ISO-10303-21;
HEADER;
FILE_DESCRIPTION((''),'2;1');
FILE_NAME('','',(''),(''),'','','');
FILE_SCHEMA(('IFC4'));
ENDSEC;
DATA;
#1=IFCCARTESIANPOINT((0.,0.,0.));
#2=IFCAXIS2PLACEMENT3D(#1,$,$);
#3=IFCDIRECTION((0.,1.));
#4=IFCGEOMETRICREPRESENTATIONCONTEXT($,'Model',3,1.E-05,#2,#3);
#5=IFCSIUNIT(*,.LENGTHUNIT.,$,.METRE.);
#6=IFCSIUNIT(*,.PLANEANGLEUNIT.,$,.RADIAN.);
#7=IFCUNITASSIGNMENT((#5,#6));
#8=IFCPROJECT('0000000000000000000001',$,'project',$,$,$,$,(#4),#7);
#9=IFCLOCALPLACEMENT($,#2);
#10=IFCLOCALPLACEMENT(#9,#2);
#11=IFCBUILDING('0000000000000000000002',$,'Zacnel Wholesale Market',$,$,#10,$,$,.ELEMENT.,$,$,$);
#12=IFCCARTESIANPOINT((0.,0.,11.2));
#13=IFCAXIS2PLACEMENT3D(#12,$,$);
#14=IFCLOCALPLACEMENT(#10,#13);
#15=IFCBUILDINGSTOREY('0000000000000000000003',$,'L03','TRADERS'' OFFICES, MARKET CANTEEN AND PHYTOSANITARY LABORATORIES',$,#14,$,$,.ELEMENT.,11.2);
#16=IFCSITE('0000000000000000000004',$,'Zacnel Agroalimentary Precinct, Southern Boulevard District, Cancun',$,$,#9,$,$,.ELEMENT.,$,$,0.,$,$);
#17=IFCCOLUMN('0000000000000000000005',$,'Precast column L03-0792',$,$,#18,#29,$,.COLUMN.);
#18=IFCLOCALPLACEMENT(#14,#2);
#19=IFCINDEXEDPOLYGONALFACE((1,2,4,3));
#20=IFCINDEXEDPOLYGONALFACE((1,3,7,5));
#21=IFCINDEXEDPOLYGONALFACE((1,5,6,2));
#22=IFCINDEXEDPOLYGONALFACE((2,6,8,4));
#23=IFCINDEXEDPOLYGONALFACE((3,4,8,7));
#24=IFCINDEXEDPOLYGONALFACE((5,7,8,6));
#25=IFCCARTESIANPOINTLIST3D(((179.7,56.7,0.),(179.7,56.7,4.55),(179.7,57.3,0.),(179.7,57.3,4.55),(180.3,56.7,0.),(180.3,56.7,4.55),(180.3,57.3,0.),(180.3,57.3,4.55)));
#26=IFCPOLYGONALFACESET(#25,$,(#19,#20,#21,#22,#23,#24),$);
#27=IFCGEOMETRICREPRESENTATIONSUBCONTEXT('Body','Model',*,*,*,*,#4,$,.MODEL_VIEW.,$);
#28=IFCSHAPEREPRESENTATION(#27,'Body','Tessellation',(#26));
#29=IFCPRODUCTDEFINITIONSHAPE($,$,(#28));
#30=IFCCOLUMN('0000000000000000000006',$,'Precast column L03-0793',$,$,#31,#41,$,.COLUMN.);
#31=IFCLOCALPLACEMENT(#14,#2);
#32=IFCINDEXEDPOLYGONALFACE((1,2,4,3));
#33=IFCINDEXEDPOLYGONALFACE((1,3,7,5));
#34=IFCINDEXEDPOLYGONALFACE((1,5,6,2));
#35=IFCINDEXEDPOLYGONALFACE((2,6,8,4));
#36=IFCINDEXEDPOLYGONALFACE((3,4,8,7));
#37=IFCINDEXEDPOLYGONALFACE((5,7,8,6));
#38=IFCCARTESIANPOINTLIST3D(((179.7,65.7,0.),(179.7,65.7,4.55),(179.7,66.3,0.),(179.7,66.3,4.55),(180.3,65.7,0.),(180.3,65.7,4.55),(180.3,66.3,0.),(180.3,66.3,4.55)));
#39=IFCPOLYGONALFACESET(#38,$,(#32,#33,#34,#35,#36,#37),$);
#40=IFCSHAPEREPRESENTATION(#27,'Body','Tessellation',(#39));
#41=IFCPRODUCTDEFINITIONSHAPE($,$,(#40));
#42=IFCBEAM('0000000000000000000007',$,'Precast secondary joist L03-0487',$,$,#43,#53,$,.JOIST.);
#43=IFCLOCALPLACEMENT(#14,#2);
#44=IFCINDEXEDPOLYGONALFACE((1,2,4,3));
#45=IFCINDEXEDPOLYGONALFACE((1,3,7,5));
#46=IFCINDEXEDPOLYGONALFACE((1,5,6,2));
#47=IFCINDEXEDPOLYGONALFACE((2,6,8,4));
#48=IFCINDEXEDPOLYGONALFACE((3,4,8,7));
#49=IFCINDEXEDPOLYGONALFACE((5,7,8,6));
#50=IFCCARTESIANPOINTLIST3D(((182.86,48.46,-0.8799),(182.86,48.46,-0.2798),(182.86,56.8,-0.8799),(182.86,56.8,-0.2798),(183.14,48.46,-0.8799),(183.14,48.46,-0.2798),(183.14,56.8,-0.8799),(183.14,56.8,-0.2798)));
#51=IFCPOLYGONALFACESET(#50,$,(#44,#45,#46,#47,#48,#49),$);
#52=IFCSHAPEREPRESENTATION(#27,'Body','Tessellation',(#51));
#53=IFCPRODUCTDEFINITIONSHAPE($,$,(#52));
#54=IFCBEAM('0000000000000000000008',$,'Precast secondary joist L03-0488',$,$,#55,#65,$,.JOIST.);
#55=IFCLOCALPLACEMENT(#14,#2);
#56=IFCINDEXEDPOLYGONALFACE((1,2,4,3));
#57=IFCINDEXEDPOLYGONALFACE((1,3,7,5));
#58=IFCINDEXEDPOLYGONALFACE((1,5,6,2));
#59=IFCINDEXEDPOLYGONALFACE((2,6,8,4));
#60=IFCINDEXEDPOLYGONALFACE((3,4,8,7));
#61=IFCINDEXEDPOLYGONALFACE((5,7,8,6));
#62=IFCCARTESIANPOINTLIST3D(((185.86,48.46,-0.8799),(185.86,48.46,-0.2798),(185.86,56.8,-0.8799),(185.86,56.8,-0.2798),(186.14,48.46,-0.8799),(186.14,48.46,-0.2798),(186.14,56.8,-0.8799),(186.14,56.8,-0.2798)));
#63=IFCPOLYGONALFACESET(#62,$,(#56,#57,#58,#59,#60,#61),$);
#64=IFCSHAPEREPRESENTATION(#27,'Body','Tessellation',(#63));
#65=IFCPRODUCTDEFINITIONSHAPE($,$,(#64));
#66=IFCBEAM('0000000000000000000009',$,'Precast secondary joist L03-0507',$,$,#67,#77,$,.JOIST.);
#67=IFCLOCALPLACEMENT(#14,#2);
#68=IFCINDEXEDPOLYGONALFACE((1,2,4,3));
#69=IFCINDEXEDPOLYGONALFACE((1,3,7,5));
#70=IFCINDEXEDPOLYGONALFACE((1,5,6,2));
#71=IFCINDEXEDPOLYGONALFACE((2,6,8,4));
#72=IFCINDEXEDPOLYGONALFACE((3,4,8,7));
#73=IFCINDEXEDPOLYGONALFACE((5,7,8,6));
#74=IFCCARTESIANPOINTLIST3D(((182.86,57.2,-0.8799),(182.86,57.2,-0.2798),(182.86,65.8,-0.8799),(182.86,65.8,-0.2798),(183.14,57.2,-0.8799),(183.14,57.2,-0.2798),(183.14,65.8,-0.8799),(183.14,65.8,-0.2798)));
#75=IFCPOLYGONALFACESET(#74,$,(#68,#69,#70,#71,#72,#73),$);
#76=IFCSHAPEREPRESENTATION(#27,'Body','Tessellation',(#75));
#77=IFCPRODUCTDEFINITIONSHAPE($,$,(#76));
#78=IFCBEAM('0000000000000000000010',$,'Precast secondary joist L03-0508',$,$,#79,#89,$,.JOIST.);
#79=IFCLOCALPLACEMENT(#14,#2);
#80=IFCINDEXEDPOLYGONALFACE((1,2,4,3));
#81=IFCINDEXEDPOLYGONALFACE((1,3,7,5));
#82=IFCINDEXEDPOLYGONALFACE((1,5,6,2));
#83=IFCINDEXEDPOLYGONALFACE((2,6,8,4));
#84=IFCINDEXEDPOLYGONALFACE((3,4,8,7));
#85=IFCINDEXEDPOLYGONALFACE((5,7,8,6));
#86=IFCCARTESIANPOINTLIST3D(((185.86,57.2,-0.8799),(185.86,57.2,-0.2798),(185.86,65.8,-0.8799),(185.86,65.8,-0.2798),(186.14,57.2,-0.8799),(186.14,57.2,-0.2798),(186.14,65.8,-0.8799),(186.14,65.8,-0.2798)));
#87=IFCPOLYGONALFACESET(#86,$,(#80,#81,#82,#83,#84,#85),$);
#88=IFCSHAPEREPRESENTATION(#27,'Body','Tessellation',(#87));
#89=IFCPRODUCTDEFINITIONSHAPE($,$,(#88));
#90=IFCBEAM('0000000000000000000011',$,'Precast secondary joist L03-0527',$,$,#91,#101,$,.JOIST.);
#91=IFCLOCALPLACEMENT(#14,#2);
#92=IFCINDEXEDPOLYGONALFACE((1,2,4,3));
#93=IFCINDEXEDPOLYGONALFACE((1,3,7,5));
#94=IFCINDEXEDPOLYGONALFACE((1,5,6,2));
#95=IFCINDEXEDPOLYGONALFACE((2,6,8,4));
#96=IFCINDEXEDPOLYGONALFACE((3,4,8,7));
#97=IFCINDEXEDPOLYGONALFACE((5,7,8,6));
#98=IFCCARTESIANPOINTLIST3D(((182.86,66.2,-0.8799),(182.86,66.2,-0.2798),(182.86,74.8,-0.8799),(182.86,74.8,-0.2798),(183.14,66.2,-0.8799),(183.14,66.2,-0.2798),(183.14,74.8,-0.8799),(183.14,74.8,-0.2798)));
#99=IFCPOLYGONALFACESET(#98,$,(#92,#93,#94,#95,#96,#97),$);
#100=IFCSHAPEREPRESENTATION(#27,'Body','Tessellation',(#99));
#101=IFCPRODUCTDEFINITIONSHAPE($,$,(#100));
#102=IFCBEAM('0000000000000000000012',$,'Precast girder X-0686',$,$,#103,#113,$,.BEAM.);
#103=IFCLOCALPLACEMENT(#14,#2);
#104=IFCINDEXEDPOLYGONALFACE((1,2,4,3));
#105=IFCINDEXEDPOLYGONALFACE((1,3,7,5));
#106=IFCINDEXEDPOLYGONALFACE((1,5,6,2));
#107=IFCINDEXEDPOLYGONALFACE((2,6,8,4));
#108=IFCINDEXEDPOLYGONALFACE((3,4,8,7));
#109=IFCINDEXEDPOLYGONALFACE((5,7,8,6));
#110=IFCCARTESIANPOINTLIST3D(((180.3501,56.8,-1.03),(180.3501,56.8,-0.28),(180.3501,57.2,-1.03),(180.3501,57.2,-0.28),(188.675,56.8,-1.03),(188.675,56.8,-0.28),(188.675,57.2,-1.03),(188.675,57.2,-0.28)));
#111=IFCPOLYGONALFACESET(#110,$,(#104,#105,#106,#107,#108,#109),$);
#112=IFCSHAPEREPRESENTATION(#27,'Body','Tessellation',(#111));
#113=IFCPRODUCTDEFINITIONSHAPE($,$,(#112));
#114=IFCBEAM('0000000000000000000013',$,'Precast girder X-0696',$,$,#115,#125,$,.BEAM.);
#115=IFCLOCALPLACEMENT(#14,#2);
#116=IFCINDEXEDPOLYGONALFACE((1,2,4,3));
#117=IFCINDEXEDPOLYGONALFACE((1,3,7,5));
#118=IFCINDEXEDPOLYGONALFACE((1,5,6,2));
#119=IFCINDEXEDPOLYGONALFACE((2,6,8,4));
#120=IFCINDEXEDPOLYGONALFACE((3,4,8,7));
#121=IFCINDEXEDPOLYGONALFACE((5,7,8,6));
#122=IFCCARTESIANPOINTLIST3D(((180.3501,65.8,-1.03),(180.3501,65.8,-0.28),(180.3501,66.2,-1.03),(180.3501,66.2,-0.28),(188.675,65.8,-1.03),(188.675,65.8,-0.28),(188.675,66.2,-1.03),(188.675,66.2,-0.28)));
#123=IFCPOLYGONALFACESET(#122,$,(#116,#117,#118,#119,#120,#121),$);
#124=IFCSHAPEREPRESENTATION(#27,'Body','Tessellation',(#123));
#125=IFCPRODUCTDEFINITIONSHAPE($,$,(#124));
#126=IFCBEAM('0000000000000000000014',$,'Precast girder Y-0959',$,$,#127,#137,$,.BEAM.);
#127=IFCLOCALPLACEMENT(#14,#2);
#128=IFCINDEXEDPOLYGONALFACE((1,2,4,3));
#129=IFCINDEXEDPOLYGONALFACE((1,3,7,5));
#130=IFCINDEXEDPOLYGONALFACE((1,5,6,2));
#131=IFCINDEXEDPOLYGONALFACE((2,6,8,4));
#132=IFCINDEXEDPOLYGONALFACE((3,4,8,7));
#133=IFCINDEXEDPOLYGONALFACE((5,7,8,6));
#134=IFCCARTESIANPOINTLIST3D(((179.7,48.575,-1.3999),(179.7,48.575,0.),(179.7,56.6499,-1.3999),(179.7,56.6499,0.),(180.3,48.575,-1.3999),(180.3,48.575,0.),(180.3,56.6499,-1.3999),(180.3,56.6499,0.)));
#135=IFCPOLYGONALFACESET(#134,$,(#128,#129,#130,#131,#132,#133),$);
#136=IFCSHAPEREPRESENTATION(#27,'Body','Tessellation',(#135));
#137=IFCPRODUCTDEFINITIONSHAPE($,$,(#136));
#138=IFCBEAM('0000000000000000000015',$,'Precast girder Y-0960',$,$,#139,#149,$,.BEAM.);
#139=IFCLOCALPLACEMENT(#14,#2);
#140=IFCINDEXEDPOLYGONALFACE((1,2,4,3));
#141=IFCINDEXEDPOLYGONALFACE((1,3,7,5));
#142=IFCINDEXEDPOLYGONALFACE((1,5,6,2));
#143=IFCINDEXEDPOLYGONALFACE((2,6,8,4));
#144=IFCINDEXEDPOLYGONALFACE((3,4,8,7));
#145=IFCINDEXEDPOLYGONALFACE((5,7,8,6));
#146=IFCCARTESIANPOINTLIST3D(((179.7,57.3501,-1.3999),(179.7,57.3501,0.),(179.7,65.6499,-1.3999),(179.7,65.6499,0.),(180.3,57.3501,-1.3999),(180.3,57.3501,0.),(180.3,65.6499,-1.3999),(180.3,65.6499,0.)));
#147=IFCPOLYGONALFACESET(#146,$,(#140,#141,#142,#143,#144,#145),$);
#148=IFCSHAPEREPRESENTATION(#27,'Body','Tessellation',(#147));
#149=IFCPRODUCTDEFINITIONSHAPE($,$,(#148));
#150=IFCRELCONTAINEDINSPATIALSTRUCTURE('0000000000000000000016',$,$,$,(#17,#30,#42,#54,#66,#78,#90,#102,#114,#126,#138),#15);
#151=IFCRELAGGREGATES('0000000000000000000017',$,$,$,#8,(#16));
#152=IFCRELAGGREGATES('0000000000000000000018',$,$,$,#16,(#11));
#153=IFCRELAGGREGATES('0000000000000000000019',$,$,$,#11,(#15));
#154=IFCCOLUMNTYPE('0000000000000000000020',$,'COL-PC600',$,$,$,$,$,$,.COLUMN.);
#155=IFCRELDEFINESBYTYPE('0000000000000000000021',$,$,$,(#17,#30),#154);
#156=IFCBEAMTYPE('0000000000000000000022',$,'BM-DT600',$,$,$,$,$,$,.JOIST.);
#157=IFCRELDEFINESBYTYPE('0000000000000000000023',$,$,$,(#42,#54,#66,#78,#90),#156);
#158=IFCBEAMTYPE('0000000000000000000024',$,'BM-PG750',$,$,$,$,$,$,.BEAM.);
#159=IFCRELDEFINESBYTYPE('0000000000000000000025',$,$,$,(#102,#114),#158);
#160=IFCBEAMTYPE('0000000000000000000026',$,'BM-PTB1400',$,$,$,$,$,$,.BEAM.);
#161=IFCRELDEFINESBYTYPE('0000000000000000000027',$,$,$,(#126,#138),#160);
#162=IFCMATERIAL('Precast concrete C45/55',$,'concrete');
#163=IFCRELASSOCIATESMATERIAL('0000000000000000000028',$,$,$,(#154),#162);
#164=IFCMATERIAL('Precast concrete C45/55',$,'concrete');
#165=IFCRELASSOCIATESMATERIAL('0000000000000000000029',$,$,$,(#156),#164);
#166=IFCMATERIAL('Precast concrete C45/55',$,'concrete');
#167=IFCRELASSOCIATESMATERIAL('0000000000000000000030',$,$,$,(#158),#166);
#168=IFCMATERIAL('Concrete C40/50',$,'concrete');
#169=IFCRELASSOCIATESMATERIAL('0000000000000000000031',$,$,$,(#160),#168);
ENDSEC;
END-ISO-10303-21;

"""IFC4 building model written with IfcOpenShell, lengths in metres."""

from ifc_helpers import new_model, si_unit, direction, frame, origin, origin_2d, place, context, subcontext, project, spatial, rectangle, extrude, material, material_profile, profile_set, type_object, element, save


model = new_model("IFC4")

# Units and contexts
model_context = context("Model", 3, precision=1e-05, world=origin(), true_north=direction((0.0, 1.0)))
body_context = subcontext(model_context, "Body", "Model", "MODEL_VIEW")
ifc_project = project(units=[si_unit("LENGTHUNIT", "METRE"), si_unit("PLANEANGLEUNIT", "RADIAN")], contexts=[model_context])

# Site, building, storey
site_placement = place(None, origin())
site = spatial("IfcSite", under=ifc_project, at=site_placement, Name="Zacnel Agroalimentary Precinct, Southern Boulevard District, Cancun", CompositionType="ELEMENT", RefElevation=0.0)
building_placement = place(site_placement, origin())
building = spatial("IfcBuilding", under=site, at=building_placement, Name="Zacnel Wholesale Market", CompositionType="ELEMENT")
storey_placement = place(building_placement, frame((0.0, 0.0, 11.2)))
storey = spatial("IfcBuildingStorey", under=building, at=storey_placement, Name="L03", Description="TRADERS' OFFICES, MARKET CANTEEN AND PHYTOSANITARY LABORATORIES", CompositionType="ELEMENT", Elevation=11.2)

# Columns
ifc_material_1 = material(Name="Precast concrete C45/55", Category="concrete")
ifc_material_profile_1 = material_profile(ifc_material_1, rectangle(XDim=0.6001, YDim=0.6001, at=origin_2d()), Name="PC 600x600")
ifc_profile_set_1 = profile_set([ifc_material_profile_1], Name="Precast concrete C45/55")
column_type = type_object("IfcColumnType", Name="COL-PC600", PredefinedType="COLUMN", material=ifc_profile_set_1)
for number, where, z_axis, x_axis, name in (
    (1, (180.0, 57.0, 0.0), (0.0, 0.0, 1.0), (1.0, 0.0, 0.0), "Precast column L03-0792"),
    (2, (180.0, 66.0, 0.0), (0.0, 0.0, 1.0), (1.0, 0.0, 0.0), "Precast column L03-0793"),
):
    element("IfcColumn", number, at=place(storey_placement, frame(where, z_axis=z_axis, x_axis=x_axis)), inside=storey, type_object=column_type, Name=name, PredefinedType="COLUMN", context=body_context, shape_type="SweptSolid", body=[
        extrude(rectangle(XDim=0.6001, YDim=0.6001, at=origin_2d()), origin(), (0.0, 0.0, 1.0), 4.55),
    ])

# Beams
ifc_material_2 = material(Name="Precast concrete C45/55", Category="concrete")
ifc_material_profile_2 = material_profile(ifc_material_2, rectangle(XDim=0.28, YDim=0.6001, at=origin_2d()), Name="DT RIB 280x600")
ifc_profile_set_2 = profile_set([ifc_material_profile_2], Name="Precast concrete C45/55")
beam_type_1 = type_object("IfcBeamType", Name="BM-DT600", PredefinedType="JOIST", material=ifc_profile_set_2)
for number, where, z_axis, x_axis, name in (
    (3, (183.0, 48.46, -0.5798), (0.0, 1.0, 0.0), (-1.0, 0.0, 0.0), "Precast secondary joist L03-0487"),
    (4, (186.0, 48.46, -0.5798), (0.0, 1.0, 0.0), (-1.0, 0.0, 0.0), "Precast secondary joist L03-0488"),
):
    element("IfcBeam", number, at=place(storey_placement, frame(where, z_axis=z_axis, x_axis=x_axis)), inside=storey, type_object=beam_type_1, Name=name, PredefinedType="JOIST", context=body_context, shape_type="SweptSolid", body=[
        extrude(rectangle(XDim=0.28, YDim=0.6001, at=origin_2d()), origin(), (0.0, 0.0, 1.0), 8.3401),
    ])
for number, where, z_axis, x_axis, name in (
    (5, (183.0, 57.2, -0.5798), (0.0, 1.0, 0.0), (-1.0, 0.0, 0.0), "Precast secondary joist L03-0507"),
    (6, (186.0, 57.2, -0.5798), (0.0, 1.0, 0.0), (-1.0, 0.0, 0.0), "Precast secondary joist L03-0508"),
    (7, (183.0, 66.2, -0.5798), (0.0, 1.0, 0.0), (-1.0, 0.0, 0.0), "Precast secondary joist L03-0527"),
):
    element("IfcBeam", number, at=place(storey_placement, frame(where, z_axis=z_axis, x_axis=x_axis)), inside=storey, type_object=beam_type_1, Name=name, PredefinedType="JOIST", context=body_context, shape_type="SweptSolid", body=[
        extrude(rectangle(XDim=0.28, YDim=0.6001, at=origin_2d()), origin(), (0.0, 0.0, 1.0), 8.6001),
    ])
ifc_material_3 = material(Name="Precast concrete C45/55", Category="concrete")
ifc_material_profile_3 = material_profile(ifc_material_3, rectangle(XDim=0.3999, YDim=0.75, at=origin_2d()), Name="PG 400x750")
ifc_profile_set_3 = profile_set([ifc_material_profile_3], Name="Precast concrete C45/55")
beam_type_2 = type_object("IfcBeamType", Name="BM-PG750", PredefinedType="BEAM", material=ifc_profile_set_3)
for number, where, z_axis, x_axis, name in (
    (8, (180.3501, 57.0, -0.655), (1.0, 0.0, 0.0), (0.0, 1.0, 0.0), "Precast girder X-0686"),
    (9, (180.3501, 66.0, -0.655), (1.0, 0.0, 0.0), (0.0, 1.0, 0.0), "Precast girder X-0696"),
):
    element("IfcBeam", number, at=place(storey_placement, frame(where, z_axis=z_axis, x_axis=x_axis)), inside=storey, type_object=beam_type_2, Name=name, PredefinedType="BEAM", context=body_context, shape_type="SweptSolid", body=[
        extrude(rectangle(XDim=0.3999, YDim=0.75, at=origin_2d()), origin(), (0.0, 0.0, 1.0), 8.325),
    ])
ifc_material_4 = material(Name="Concrete C40/50", Category="concrete")
ifc_material_profile_4 = material_profile(ifc_material_4, rectangle(XDim=0.6001, YDim=1.3999, at=origin_2d()), Name="PTB 600x1400")
ifc_profile_set_4 = profile_set([ifc_material_profile_4], Name="Concrete C40/50")
beam_type_3 = type_object("IfcBeamType", Name="BM-PTB1400", PredefinedType="BEAM", material=ifc_profile_set_4)
beam_1_placement = place(storey_placement, frame((180.0, 48.575, -0.7), z_axis=(0.0, 1.0, 0.0), x_axis=(-1.0, 0.0, 0.0)))
element("IfcBeam", 10, at=beam_1_placement, inside=storey, type_object=beam_type_3, Name="Precast girder Y-0959", PredefinedType="BEAM", context=body_context, shape_type="SweptSolid", body=[
    extrude(rectangle(XDim=0.6001, YDim=1.3999, at=origin_2d()), origin(), (0.0, 0.0, 1.0), 8.075),
])
beam_2_placement = place(storey_placement, frame((180.0, 57.3501, -0.7), z_axis=(0.0, 1.0, 0.0), x_axis=(-1.0, 0.0, 0.0)))
element("IfcBeam", 11, at=beam_2_placement, inside=storey, type_object=beam_type_3, Name="Precast girder Y-0960", PredefinedType="BEAM", context=body_context, shape_type="SweptSolid", body=[
    extrude(rectangle(XDim=0.6001, YDim=1.3999, at=origin_2d()), origin(), (0.0, 0.0, 1.0), 8.2998),
])

save(model, "model.ifc")
